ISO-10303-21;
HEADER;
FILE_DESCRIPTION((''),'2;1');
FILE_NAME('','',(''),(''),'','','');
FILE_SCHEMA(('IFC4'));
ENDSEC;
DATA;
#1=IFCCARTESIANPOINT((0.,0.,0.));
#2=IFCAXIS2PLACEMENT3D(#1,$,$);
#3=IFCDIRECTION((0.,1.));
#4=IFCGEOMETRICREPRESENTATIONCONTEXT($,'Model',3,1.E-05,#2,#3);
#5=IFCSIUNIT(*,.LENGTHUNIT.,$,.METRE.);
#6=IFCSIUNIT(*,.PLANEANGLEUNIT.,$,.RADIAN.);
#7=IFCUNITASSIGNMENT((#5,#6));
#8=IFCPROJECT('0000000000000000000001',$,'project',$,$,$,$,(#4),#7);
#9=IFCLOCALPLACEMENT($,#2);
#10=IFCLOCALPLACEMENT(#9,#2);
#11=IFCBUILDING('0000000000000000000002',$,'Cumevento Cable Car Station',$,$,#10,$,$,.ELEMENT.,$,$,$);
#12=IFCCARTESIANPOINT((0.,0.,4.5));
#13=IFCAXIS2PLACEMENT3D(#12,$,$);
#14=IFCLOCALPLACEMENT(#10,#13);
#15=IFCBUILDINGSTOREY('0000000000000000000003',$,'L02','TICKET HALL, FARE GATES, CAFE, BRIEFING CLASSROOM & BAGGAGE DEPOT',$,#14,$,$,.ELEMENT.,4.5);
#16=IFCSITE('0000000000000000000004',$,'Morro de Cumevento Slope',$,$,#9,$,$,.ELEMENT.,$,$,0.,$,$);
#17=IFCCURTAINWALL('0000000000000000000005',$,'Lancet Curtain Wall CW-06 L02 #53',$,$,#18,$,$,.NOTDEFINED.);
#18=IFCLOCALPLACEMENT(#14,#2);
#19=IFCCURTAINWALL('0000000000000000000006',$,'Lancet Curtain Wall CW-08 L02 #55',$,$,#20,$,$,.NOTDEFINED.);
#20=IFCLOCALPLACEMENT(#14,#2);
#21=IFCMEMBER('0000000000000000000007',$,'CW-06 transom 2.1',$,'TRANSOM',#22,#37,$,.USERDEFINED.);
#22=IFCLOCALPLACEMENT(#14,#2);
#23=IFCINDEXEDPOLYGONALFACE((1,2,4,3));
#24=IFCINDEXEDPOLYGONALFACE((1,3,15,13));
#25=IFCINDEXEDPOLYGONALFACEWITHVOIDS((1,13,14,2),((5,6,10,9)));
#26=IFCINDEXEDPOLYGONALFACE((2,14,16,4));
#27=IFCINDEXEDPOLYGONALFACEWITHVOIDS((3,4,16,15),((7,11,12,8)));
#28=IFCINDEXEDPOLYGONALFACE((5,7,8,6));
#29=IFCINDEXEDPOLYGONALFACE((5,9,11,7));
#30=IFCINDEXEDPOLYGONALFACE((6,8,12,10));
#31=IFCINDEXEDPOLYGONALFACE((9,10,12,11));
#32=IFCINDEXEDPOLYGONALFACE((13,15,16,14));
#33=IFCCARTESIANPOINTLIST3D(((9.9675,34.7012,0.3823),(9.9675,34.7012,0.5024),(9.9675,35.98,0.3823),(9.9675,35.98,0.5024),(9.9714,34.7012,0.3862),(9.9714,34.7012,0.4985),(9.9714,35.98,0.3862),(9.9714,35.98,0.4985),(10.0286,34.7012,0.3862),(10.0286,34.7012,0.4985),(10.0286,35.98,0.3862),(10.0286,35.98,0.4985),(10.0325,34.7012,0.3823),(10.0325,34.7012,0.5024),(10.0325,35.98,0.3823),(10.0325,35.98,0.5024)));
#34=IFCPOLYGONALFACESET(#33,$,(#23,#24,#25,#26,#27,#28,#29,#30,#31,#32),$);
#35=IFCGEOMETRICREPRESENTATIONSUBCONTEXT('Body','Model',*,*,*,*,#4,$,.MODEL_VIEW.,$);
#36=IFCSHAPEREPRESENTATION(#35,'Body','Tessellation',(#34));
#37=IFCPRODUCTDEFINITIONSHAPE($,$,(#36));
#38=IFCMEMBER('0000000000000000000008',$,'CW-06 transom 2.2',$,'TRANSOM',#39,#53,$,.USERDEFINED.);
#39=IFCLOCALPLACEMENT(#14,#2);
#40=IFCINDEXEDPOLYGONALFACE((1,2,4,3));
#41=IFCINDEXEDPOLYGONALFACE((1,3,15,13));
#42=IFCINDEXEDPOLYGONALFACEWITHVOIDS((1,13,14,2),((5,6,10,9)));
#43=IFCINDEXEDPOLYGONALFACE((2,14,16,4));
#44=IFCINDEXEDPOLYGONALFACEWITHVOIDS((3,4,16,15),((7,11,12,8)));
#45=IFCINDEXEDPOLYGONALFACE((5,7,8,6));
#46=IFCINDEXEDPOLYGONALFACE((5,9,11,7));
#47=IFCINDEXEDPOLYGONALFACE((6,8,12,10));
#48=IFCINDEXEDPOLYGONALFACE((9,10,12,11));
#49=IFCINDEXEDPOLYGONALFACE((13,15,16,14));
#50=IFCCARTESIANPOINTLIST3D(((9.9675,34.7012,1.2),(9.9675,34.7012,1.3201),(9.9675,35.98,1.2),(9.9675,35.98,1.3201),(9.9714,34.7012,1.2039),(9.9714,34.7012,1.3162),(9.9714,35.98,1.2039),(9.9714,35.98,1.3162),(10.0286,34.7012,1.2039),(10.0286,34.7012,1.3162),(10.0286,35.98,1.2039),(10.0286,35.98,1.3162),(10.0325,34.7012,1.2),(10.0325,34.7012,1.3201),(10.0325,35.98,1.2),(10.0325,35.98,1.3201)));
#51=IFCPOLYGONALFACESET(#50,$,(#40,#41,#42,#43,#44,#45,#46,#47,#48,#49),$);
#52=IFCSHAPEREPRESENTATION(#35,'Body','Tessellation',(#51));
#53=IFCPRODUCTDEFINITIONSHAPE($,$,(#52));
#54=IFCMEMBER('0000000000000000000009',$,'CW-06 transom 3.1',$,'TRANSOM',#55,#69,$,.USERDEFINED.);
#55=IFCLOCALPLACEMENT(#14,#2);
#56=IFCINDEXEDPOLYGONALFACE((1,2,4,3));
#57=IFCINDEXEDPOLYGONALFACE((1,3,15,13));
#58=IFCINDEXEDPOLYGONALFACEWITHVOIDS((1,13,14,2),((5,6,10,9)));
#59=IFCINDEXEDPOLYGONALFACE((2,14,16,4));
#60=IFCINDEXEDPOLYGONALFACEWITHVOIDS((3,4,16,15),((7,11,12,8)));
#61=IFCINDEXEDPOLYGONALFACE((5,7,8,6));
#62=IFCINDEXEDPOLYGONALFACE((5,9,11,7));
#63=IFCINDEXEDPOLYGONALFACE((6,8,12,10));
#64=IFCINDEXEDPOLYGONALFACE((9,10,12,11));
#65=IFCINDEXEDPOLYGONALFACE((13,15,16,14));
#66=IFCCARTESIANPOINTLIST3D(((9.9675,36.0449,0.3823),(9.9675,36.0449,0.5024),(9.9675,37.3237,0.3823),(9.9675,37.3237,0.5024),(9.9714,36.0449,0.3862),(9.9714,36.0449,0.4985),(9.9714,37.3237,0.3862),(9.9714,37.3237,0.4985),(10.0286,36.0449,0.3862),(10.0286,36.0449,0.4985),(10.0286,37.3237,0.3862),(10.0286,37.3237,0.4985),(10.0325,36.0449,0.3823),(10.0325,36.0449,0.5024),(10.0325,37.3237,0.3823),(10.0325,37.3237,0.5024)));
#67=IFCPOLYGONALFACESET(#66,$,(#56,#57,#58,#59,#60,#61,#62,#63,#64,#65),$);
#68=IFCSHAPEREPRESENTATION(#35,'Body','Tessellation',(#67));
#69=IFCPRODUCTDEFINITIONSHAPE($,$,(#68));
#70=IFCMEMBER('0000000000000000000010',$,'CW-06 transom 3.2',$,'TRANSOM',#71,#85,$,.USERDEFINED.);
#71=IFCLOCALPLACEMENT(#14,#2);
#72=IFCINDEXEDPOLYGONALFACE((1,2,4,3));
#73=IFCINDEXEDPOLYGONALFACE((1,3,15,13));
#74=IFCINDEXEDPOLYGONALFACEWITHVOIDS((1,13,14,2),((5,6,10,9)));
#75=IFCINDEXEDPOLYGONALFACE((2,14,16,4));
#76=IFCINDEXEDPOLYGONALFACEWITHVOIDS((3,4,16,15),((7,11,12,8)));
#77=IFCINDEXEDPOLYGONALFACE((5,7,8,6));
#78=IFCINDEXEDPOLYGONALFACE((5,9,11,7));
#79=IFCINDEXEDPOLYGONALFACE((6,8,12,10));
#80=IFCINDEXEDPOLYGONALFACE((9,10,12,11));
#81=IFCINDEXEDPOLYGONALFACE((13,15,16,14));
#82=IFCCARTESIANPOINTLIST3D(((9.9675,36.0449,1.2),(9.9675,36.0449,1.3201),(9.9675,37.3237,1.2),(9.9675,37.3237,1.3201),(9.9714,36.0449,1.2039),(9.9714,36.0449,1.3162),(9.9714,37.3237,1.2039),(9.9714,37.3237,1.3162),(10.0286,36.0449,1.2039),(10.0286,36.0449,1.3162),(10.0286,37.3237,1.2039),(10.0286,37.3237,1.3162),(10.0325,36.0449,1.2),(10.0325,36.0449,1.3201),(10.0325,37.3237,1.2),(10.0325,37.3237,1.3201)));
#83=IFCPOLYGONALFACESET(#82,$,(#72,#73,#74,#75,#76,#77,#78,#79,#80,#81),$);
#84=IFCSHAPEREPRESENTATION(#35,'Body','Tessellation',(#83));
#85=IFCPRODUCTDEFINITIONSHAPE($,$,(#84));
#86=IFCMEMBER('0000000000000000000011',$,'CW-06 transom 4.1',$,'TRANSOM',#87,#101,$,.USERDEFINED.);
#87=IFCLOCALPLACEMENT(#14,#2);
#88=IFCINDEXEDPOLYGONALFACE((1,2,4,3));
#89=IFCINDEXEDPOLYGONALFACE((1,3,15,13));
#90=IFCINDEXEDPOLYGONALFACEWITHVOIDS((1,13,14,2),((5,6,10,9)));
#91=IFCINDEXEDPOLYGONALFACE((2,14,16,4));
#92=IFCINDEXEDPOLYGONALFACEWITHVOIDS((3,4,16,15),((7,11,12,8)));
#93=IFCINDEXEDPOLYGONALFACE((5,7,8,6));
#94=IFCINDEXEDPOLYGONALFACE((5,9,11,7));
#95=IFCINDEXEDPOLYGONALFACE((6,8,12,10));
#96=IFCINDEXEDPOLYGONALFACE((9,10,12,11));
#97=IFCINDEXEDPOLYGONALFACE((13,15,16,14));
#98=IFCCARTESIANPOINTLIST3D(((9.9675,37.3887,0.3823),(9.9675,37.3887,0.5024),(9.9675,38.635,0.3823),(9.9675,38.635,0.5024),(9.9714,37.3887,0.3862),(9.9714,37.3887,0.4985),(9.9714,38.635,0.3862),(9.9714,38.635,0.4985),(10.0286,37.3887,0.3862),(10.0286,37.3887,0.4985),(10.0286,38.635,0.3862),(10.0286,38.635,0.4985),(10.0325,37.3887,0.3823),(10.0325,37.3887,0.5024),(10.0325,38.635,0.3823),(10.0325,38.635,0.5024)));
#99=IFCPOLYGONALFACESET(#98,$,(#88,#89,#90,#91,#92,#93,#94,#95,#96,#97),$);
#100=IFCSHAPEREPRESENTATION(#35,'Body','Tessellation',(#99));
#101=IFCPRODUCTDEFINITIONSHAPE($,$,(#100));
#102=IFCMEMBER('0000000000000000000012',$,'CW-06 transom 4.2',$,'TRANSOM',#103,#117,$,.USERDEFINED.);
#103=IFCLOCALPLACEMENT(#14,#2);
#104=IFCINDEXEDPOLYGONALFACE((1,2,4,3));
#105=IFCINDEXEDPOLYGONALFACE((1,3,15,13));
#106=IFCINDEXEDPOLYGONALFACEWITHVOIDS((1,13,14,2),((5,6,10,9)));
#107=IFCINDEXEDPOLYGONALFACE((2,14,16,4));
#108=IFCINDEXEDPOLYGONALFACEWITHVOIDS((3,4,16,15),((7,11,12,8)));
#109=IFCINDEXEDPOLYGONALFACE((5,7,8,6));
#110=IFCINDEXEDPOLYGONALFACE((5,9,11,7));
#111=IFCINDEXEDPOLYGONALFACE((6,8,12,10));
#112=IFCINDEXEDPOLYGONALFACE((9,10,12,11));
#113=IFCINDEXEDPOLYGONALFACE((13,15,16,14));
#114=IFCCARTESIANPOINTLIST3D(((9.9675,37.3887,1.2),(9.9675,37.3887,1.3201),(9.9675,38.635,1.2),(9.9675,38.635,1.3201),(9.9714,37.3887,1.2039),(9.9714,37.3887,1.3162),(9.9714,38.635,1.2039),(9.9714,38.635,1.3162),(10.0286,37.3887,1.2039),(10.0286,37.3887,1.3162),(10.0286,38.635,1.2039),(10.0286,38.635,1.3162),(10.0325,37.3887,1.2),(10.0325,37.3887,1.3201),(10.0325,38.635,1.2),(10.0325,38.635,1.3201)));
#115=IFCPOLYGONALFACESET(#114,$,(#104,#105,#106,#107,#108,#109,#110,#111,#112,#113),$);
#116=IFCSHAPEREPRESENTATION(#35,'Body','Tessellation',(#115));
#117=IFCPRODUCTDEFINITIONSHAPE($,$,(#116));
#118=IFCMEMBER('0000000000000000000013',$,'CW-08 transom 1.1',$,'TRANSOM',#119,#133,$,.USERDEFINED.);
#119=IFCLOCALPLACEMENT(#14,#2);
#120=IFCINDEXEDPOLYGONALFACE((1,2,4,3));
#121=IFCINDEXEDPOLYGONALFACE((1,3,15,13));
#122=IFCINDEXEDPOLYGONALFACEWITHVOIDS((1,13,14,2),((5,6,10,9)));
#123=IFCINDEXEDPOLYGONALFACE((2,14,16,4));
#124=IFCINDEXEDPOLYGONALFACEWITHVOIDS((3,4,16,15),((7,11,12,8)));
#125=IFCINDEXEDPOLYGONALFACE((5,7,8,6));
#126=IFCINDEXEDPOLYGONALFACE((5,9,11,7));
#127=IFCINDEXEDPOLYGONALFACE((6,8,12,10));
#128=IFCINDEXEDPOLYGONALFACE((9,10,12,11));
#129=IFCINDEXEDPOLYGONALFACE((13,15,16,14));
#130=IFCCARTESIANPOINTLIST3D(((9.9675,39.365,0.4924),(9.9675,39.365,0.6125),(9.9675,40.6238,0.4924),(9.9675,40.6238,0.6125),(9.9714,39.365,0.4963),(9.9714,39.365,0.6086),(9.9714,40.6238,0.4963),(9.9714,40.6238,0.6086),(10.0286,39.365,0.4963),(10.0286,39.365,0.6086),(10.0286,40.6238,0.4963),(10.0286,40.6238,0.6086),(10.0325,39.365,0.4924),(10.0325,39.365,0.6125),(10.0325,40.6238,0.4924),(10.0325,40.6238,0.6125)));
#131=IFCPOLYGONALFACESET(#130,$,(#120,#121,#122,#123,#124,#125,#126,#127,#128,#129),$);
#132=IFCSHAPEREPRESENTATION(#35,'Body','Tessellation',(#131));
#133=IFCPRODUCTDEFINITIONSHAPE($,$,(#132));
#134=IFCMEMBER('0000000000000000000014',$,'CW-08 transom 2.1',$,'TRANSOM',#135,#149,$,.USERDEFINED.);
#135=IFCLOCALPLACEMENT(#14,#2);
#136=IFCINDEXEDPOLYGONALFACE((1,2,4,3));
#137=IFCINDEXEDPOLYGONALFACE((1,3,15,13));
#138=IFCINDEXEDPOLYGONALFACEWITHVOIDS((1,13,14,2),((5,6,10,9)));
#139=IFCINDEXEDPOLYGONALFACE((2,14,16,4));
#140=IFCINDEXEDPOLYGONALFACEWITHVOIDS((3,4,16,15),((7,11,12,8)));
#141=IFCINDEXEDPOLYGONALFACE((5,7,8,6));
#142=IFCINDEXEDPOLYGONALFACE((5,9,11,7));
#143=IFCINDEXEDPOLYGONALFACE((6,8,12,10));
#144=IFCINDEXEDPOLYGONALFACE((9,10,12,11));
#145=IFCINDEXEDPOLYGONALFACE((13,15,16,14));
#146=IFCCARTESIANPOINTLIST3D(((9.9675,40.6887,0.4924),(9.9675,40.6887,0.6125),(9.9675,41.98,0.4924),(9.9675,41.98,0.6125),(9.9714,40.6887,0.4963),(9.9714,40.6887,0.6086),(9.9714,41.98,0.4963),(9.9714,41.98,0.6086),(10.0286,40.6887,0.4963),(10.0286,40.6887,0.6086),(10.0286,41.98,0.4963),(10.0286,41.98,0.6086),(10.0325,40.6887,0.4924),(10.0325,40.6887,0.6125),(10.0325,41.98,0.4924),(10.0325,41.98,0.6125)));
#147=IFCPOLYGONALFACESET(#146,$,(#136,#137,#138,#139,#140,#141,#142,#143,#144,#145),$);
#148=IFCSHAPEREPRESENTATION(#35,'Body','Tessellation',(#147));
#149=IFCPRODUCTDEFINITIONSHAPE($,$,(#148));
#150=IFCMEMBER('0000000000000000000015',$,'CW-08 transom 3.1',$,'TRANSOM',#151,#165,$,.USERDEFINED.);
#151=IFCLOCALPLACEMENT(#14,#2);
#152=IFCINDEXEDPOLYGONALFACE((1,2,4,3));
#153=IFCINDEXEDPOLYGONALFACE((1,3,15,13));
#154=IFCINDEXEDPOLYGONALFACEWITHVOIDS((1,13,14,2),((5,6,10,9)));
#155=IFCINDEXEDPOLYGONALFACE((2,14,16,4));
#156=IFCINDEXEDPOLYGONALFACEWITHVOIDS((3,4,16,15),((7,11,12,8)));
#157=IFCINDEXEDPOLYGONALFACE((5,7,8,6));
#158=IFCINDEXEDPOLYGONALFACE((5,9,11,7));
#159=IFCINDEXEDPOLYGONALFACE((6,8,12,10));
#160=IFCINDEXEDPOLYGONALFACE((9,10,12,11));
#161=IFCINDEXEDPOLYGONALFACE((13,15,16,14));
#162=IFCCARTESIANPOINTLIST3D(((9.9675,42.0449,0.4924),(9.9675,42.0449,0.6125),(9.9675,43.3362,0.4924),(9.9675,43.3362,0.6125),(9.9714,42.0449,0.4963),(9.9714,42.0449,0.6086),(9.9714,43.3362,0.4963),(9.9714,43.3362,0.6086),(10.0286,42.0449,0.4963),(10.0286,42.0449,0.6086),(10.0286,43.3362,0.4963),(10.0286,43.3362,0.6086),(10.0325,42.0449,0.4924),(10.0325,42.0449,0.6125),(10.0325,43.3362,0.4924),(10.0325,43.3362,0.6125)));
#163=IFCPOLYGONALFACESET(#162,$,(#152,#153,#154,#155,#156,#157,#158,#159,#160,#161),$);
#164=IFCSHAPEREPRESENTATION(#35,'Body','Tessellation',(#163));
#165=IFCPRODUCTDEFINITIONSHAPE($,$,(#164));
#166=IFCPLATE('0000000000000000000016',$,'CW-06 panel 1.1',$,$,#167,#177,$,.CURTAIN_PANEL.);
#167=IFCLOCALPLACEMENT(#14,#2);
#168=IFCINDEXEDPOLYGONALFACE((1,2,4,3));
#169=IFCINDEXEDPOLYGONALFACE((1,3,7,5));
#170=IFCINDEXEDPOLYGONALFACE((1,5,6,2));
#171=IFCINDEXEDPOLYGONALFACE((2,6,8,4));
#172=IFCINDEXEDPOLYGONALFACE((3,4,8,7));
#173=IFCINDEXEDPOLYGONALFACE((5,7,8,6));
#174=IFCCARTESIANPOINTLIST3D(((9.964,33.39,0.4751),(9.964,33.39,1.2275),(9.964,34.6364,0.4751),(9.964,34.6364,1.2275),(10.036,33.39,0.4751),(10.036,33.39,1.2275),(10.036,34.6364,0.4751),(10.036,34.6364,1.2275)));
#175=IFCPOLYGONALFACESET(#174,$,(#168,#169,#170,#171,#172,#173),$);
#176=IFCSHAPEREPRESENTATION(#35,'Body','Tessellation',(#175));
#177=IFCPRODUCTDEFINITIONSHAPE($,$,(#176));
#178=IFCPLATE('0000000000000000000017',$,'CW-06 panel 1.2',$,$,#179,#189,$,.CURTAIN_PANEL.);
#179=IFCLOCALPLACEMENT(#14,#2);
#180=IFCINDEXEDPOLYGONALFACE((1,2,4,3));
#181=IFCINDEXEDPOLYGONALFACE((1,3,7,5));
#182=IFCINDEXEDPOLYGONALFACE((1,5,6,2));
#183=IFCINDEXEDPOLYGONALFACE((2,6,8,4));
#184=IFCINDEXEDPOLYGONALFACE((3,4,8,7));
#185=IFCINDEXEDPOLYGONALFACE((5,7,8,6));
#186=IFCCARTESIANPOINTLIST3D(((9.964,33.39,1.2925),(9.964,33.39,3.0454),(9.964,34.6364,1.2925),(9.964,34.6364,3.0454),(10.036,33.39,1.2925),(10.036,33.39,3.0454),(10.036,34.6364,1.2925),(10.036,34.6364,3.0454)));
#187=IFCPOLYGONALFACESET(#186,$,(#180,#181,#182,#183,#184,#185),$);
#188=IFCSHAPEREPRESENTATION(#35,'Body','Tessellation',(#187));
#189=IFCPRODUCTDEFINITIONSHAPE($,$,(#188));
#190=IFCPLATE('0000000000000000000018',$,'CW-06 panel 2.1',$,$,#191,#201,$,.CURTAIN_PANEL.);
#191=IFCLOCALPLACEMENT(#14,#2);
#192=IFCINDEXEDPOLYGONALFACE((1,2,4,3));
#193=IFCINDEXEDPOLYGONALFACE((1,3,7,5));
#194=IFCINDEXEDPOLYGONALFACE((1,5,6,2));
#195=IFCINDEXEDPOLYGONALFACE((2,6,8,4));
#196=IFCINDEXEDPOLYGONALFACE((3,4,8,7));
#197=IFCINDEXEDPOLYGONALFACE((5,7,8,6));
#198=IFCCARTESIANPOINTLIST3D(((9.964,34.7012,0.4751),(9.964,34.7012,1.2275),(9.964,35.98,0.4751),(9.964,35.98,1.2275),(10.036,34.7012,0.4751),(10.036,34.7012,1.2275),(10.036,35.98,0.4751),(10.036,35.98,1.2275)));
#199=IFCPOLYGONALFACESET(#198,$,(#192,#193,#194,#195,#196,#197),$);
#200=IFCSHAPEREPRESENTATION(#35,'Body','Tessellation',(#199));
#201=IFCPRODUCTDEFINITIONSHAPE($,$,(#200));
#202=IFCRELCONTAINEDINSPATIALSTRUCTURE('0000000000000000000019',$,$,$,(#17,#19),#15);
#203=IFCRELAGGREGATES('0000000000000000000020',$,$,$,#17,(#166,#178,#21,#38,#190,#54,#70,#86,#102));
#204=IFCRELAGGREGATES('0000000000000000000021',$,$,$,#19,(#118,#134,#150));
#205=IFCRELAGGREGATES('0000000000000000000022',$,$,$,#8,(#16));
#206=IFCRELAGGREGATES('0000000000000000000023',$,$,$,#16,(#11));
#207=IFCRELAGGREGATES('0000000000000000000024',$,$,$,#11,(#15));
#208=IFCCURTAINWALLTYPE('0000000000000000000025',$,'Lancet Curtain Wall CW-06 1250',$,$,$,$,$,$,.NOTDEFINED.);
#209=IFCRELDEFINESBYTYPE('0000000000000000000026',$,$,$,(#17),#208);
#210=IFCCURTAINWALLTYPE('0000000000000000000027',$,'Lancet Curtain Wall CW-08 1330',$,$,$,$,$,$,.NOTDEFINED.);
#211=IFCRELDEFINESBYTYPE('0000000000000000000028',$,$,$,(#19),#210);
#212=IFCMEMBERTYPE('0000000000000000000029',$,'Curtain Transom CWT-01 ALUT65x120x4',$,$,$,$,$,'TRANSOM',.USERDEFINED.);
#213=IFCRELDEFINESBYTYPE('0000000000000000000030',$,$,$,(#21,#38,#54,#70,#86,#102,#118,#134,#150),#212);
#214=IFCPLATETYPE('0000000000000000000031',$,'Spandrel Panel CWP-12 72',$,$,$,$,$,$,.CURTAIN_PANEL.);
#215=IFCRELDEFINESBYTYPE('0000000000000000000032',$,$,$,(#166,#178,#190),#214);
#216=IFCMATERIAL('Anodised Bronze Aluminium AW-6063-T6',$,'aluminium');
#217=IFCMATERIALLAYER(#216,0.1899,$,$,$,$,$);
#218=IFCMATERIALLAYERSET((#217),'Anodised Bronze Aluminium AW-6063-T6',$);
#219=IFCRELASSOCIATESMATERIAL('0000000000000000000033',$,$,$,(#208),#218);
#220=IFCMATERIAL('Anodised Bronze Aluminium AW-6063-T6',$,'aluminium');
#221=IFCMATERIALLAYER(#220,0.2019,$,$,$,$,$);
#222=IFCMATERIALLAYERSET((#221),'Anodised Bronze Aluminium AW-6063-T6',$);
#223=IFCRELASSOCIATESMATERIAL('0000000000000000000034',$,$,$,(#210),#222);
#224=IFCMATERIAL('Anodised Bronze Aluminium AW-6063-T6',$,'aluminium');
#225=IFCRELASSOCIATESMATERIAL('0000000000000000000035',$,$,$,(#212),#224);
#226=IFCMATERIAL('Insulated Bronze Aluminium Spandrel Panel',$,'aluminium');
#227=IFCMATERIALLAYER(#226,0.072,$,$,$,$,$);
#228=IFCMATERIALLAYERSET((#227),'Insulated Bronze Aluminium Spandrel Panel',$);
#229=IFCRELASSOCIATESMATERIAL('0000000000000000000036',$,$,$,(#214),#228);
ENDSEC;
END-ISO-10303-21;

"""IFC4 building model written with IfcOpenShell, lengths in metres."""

from ifc_helpers import new_model, si_unit, direction, frame, origin, origin_2d, place, context, subcontext, project, spatial, rectangle, hollow_rectangle, extrude, material, layer, layer_set, material_profile, profile_set, type_object, element, aggregate, save


model = new_model("IFC4")

# Units and contexts
model_context = context("Model", 3, precision=1e-05, world=origin(), true_north=direction((0.0, 1.0)))
body_context = subcontext(model_context, "Body", "Model", "MODEL_VIEW")
ifc_project = project(units=[si_unit("LENGTHUNIT", "METRE"), si_unit("PLANEANGLEUNIT", "RADIAN")], contexts=[model_context])

# Site, building, storey
site_placement = place(None, origin())
site = spatial("IfcSite", under=ifc_project, at=site_placement, Name="Morro de Cumevento Slope", CompositionType="ELEMENT", RefElevation=0.0)
building_placement = place(site_placement, origin())
building = spatial("IfcBuilding", under=site, at=building_placement, Name="Cumevento Cable Car Station", CompositionType="ELEMENT")
storey_placement = place(building_placement, frame((0.0, 0.0, 4.5)))
storey = spatial("IfcBuildingStorey", under=building, at=storey_placement, Name="L02", Description="TICKET HALL, FARE GATES, CAFE, BRIEFING CLASSROOM & BAGGAGE DEPOT", CompositionType="ELEMENT", Elevation=4.5)

# Curtain walls
ifc_material_1 = material(Name="Anodised Bronze Aluminium AW-6063-T6", Category="aluminium")
ifc_layer_1 = layer(ifc_material_1, 0.1899)
ifc_layer_set_1 = layer_set([ifc_layer_1], Name="Anodised Bronze Aluminium AW-6063-T6")
curtain_wall_type_1 = type_object("IfcCurtainWallType", Name="Lancet Curtain Wall CW-06 1250", PredefinedType="NOTDEFINED", material=ifc_layer_set_1)
curtain_wall_1_placement = place(storey_placement, origin())
curtain_wall_1 = element("IfcCurtainWall", 1, at=curtain_wall_1_placement, inside=storey, type_object=curtain_wall_type_1, Name="Lancet Curtain Wall CW-06 L02 #53", PredefinedType="NOTDEFINED")
ifc_material_2 = material(Name="Anodised Bronze Aluminium AW-6063-T6", Category="aluminium")
ifc_layer_2 = layer(ifc_material_2, 0.2019)
ifc_layer_set_2 = layer_set([ifc_layer_2], Name="Anodised Bronze Aluminium AW-6063-T6")
curtain_wall_type_2 = type_object("IfcCurtainWallType", Name="Lancet Curtain Wall CW-08 1330", PredefinedType="NOTDEFINED", material=ifc_layer_set_2)
curtain_wall_2_placement = place(storey_placement, origin())
curtain_wall_2 = element("IfcCurtainWall", 2, at=curtain_wall_2_placement, inside=storey, type_object=curtain_wall_type_2, Name="Lancet Curtain Wall CW-08 L02 #55", PredefinedType="NOTDEFINED")

# Members
ifc_material_3 = material(Name="Anodised Bronze Aluminium AW-6063-T6", Category="aluminium")
ifc_material_profile_1 = material_profile(ifc_material_3, hollow_rectangle(XDim=0.0649, YDim=0.1201, WallThickness=0.0039, at=origin_2d()), Name="ALUT65x120x4")
ifc_profile_set_1 = profile_set([ifc_material_profile_1], Name="Anodised Bronze Aluminium AW-6063-T6")
member_type_1 = type_object("IfcMemberType", Name="Curtain Transom CWT-01 ALUT65x120x4", ElementType="TRANSOM", PredefinedType="USERDEFINED", material=ifc_profile_set_1)
member_1_placement = place(storey_placement, frame((10.0, 34.7012, 0.4424), z_axis=(0.0, 1.0, 0.0), x_axis=(-1.0, 0.0, 0.0)))
member_1 = element("IfcMember", 3, at=member_1_placement, type_object=member_type_1, Name="CW-06 transom 2.1", ObjectType="TRANSOM", PredefinedType="USERDEFINED", context=body_context, shape_type="SweptSolid", body=[
    extrude(hollow_rectangle(XDim=0.0649, YDim=0.1201, WallThickness=0.0039, at=origin_2d()), origin(), (0.0, 0.0, 1.0), 1.2788),
])
member_2_placement = place(storey_placement, frame((10.0, 34.7012, 1.26), z_axis=(0.0, 1.0, 0.0), x_axis=(-1.0, 0.0, 0.0)))
member_2 = element("IfcMember", 4, at=member_2_placement, type_object=member_type_1, Name="CW-06 transom 2.2", ObjectType="TRANSOM", PredefinedType="USERDEFINED", context=body_context, shape_type="SweptSolid", body=[
    extrude(hollow_rectangle(XDim=0.0649, YDim=0.1201, WallThickness=0.0039, at=origin_2d()), origin(), (0.0, 0.0, 1.0), 1.2788),
])
member_3_placement = place(storey_placement, frame((10.0, 36.0449, 0.4424), z_axis=(0.0, 1.0, 0.0), x_axis=(-1.0, 0.0, 0.0)))
member_3 = element("IfcMember", 5, at=member_3_placement, type_object=member_type_1, Name="CW-06 transom 3.1", ObjectType="TRANSOM", PredefinedType="USERDEFINED", context=body_context, shape_type="SweptSolid", body=[
    extrude(hollow_rectangle(XDim=0.0649, YDim=0.1201, WallThickness=0.0039, at=origin_2d()), origin(), (0.0, 0.0, 1.0), 1.2788),
])
member_4_placement = place(storey_placement, frame((10.0, 36.0449, 1.26), z_axis=(0.0, 1.0, 0.0), x_axis=(-1.0, 0.0, 0.0)))
member_4 = element("IfcMember", 6, at=member_4_placement, type_object=member_type_1, Name="CW-06 transom 3.2", ObjectType="TRANSOM", PredefinedType="USERDEFINED", context=body_context, shape_type="SweptSolid", body=[
    extrude(hollow_rectangle(XDim=0.0649, YDim=0.1201, WallThickness=0.0039, at=origin_2d()), origin(), (0.0, 0.0, 1.0), 1.2788),
])
member_5_placement = place(storey_placement, frame((10.0, 37.3887, 0.4424), z_axis=(0.0, 1.0, 0.0), x_axis=(-1.0, 0.0, 0.0)))
member_5 = element("IfcMember", 7, at=member_5_placement, type_object=member_type_1, Name="CW-06 transom 4.1", ObjectType="TRANSOM", PredefinedType="USERDEFINED", context=body_context, shape_type="SweptSolid", body=[
    extrude(hollow_rectangle(XDim=0.0649, YDim=0.1201, WallThickness=0.0039, at=origin_2d()), origin(), (0.0, 0.0, 1.0), 1.2463),
])
member_6_placement = place(storey_placement, frame((10.0, 37.3887, 1.26), z_axis=(0.0, 1.0, 0.0), x_axis=(-1.0, 0.0, 0.0)))
member_6 = element("IfcMember", 8, at=member_6_placement, type_object=member_type_1, Name="CW-06 transom 4.2", ObjectType="TRANSOM", PredefinedType="USERDEFINED", context=body_context, shape_type="SweptSolid", body=[
    extrude(hollow_rectangle(XDim=0.0649, YDim=0.1201, WallThickness=0.0039, at=origin_2d()), origin(), (0.0, 0.0, 1.0), 1.2463),
])
member_7_placement = place(storey_placement, frame((10.0, 39.365, 0.5525), z_axis=(0.0, 1.0, 0.0), x_axis=(-1.0, 0.0, 0.0)))
member_7 = element("IfcMember", 9, at=member_7_placement, type_object=member_type_1, Name="CW-08 transom 1.1", ObjectType="TRANSOM", PredefinedType="USERDEFINED", context=body_context, shape_type="SweptSolid", body=[
    extrude(hollow_rectangle(XDim=0.0649, YDim=0.1201, WallThickness=0.0039, at=origin_2d()), origin(), (0.0, 0.0, 1.0), 1.2588),
])
member_8_placement = place(storey_placement, frame((10.0, 40.6887, 0.5525), z_axis=(0.0, 1.0, 0.0), x_axis=(-1.0, 0.0, 0.0)))
member_8 = element("IfcMember", 10, at=member_8_placement, type_object=member_type_1, Name="CW-08 transom 2.1", ObjectType="TRANSOM", PredefinedType="USERDEFINED", context=body_context, shape_type="SweptSolid", body=[
    extrude(hollow_rectangle(XDim=0.0649, YDim=0.1201, WallThickness=0.0039, at=origin_2d()), origin(), (0.0, 0.0, 1.0), 1.2913),
])
member_9_placement = place(storey_placement, frame((10.0, 42.0449, 0.5525), z_axis=(0.0, 1.0, 0.0), x_axis=(-1.0, 0.0, 0.0)))
member_9 = element("IfcMember", 11, at=member_9_placement, type_object=member_type_1, Name="CW-08 transom 3.1", ObjectType="TRANSOM", PredefinedType="USERDEFINED", context=body_context, shape_type="SweptSolid", body=[
    extrude(hollow_rectangle(XDim=0.0649, YDim=0.1201, WallThickness=0.0039, at=origin_2d()), origin(), (0.0, 0.0, 1.0), 1.2913),
])

# Plates
ifc_material_4 = material(Name="Insulated Bronze Aluminium Spandrel Panel", Category="aluminium")
ifc_layer_3 = layer(ifc_material_4, 0.072)
ifc_layer_set_3 = layer_set([ifc_layer_3], Name="Insulated Bronze Aluminium Spandrel Panel")
plate_type_1 = type_object("IfcPlateType", Name="Spandrel Panel CWP-12 72", PredefinedType="CURTAIN_PANEL", material=ifc_layer_set_3)
plate_1_placement = place(storey_placement, frame((10.0, 34.0132, 0.4751), z_axis=(0.0, 0.0, 1.0), x_axis=(0.0, 1.0, 0.0)))
plate_1 = element("IfcPlate", 12, at=plate_1_placement, type_object=plate_type_1, Name="CW-06 panel 1.1", PredefinedType="CURTAIN_PANEL", context=body_context, shape_type="SweptSolid", body=[
    extrude(rectangle(XDim=1.2463, YDim=0.072, at=origin_2d()), origin(), (0.0, 0.0, 1.0), 0.7524),
])
plate_2_placement = place(storey_placement, frame((10.0, 34.0132, 1.2925), z_axis=(0.0, 0.0, 1.0), x_axis=(0.0, 1.0, 0.0)))
plate_2 = element("IfcPlate", 13, at=plate_2_placement, type_object=plate_type_1, Name="CW-06 panel 1.2", PredefinedType="CURTAIN_PANEL", context=body_context, shape_type="SweptSolid", body=[
    extrude(rectangle(XDim=1.2463, YDim=0.072, at=origin_2d()), origin(), (0.0, 0.0, 1.0), 1.7529),
])
plate_3_placement = place(storey_placement, frame((10.0, 35.3406, 0.4751), z_axis=(0.0, 0.0, 1.0), x_axis=(0.0, 1.0, 0.0)))
plate_3 = element("IfcPlate", 14, at=plate_3_placement, type_object=plate_type_1, Name="CW-06 panel 2.1", PredefinedType="CURTAIN_PANEL", context=body_context, shape_type="SweptSolid", body=[
    extrude(rectangle(XDim=1.2788, YDim=0.072, at=origin_2d()), origin(), (0.0, 0.0, 1.0), 0.7524),
])
aggregate(curtain_wall_1, [plate_1, plate_2, member_1, member_2, plate_3, member_3, member_4, member_5, member_6])
aggregate(curtain_wall_2, [member_7, member_8, member_9])

save(model, "model.ifc")
